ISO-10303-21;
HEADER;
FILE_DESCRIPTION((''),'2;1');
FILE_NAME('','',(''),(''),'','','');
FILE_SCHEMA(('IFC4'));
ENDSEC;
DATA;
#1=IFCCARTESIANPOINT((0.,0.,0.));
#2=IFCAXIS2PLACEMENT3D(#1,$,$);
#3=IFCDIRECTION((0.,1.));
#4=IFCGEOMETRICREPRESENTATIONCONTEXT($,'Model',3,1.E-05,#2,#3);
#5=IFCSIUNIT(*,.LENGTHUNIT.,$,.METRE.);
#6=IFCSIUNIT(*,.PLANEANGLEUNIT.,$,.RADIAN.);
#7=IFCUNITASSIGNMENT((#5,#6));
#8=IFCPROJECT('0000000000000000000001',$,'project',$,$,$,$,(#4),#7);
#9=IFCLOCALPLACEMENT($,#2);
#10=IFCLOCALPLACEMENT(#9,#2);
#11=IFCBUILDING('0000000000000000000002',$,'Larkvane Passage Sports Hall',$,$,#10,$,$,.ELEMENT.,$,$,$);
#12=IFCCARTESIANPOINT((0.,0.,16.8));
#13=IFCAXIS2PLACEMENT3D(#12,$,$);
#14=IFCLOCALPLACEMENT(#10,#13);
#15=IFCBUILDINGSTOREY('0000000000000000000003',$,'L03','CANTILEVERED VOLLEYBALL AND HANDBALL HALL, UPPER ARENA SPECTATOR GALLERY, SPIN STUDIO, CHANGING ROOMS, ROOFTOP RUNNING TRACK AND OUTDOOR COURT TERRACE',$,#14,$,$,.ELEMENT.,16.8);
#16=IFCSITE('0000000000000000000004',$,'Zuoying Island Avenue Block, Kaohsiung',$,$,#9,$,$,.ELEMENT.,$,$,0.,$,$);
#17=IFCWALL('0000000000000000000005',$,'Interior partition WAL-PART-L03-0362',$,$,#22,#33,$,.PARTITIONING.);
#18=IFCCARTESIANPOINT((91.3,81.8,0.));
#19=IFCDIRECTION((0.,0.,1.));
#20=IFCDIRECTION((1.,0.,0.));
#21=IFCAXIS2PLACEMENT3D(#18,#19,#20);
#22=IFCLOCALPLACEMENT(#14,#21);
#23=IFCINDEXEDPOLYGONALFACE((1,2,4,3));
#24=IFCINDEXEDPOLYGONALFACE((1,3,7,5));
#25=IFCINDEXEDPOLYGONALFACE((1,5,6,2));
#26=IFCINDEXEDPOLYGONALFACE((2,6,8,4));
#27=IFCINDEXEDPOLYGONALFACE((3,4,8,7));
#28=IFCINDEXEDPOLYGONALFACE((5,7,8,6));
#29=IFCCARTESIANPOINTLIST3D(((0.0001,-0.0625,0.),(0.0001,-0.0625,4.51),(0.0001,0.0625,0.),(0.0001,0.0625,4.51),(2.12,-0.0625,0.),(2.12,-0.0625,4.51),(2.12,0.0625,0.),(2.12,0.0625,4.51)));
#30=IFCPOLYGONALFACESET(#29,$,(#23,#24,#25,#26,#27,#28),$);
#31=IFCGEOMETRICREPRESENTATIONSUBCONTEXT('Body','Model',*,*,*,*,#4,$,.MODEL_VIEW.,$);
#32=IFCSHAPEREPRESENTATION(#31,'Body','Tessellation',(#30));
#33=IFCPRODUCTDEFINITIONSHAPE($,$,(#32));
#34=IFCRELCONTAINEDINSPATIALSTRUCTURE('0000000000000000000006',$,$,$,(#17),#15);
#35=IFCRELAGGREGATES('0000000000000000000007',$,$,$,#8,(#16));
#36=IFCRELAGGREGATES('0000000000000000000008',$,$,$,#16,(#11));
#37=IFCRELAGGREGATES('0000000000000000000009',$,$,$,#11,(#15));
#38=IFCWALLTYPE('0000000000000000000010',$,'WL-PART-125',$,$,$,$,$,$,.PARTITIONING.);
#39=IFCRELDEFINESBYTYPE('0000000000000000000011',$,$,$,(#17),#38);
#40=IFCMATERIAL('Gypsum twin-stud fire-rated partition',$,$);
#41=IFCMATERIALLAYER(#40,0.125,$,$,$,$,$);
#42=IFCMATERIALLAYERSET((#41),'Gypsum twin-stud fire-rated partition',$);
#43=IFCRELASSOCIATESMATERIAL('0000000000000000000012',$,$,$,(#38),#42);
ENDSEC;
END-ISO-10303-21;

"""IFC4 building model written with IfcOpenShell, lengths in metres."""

from ifc_helpers import new_model, si_unit, direction, frame, frame_2d, origin, place, context, subcontext, project, spatial, rectangle, extrude, material, layer, layer_set, type_object, element, save


model = new_model("IFC4")

# Units and contexts
model_context = context("Model", 3, precision=1e-05, world=origin(), true_north=direction((0.0, 1.0)))
body_context = subcontext(model_context, "Body", "Model", "MODEL_VIEW")
ifc_project = project(units=[si_unit("LENGTHUNIT", "METRE"), si_unit("PLANEANGLEUNIT", "RADIAN")], contexts=[model_context])

# Site, building, storey
site_placement = place(None, origin())
site = spatial("IfcSite", under=ifc_project, at=site_placement, Name="Zuoying Island Avenue Block, Kaohsiung", CompositionType="ELEMENT", RefElevation=0.0)
building_placement = place(site_placement, origin())
building = spatial("IfcBuilding", under=site, at=building_placement, Name="Larkvane Passage Sports Hall", CompositionType="ELEMENT")
storey_placement = place(building_placement, frame((0.0, 0.0, 16.8)))
storey = spatial("IfcBuildingStorey", under=building, at=storey_placement, Name="L03", Description="CANTILEVERED VOLLEYBALL AND HANDBALL HALL, UPPER ARENA SPECTATOR GALLERY, SPIN STUDIO, CHANGING ROOMS, ROOFTOP RUNNING TRACK AND OUTDOOR COURT TERRACE", CompositionType="ELEMENT", Elevation=16.8)

# Wall
ifc_material_1 = material(Name="Gypsum twin-stud fire-rated partition")
ifc_layer_1 = layer(ifc_material_1, 0.125)
ifc_layer_set_1 = layer_set([ifc_layer_1], Name="Gypsum twin-stud fire-rated partition")
wall_type_1 = type_object("IfcWallType", Name="WL-PART-125", PredefinedType="PARTITIONING", material=ifc_layer_set_1)
wall_1_placement = place(storey_placement, frame((91.3, 81.8, 0.0), z_axis=(0.0, 0.0, 1.0), x_axis=(1.0, 0.0, 0.0)))
element("IfcWall", 1, at=wall_1_placement, inside=storey, type_object=wall_type_1, Name="Interior partition WAL-PART-L03-0362", PredefinedType="PARTITIONING", context=body_context, shape_type="SweptSolid", body=[
    extrude(rectangle(XDim=2.1199, YDim=0.125, at=frame_2d((1.0601, 0.0))), origin(), (0.0, 0.0, 1.0), 4.51),
])

save(model, "model.ifc")
